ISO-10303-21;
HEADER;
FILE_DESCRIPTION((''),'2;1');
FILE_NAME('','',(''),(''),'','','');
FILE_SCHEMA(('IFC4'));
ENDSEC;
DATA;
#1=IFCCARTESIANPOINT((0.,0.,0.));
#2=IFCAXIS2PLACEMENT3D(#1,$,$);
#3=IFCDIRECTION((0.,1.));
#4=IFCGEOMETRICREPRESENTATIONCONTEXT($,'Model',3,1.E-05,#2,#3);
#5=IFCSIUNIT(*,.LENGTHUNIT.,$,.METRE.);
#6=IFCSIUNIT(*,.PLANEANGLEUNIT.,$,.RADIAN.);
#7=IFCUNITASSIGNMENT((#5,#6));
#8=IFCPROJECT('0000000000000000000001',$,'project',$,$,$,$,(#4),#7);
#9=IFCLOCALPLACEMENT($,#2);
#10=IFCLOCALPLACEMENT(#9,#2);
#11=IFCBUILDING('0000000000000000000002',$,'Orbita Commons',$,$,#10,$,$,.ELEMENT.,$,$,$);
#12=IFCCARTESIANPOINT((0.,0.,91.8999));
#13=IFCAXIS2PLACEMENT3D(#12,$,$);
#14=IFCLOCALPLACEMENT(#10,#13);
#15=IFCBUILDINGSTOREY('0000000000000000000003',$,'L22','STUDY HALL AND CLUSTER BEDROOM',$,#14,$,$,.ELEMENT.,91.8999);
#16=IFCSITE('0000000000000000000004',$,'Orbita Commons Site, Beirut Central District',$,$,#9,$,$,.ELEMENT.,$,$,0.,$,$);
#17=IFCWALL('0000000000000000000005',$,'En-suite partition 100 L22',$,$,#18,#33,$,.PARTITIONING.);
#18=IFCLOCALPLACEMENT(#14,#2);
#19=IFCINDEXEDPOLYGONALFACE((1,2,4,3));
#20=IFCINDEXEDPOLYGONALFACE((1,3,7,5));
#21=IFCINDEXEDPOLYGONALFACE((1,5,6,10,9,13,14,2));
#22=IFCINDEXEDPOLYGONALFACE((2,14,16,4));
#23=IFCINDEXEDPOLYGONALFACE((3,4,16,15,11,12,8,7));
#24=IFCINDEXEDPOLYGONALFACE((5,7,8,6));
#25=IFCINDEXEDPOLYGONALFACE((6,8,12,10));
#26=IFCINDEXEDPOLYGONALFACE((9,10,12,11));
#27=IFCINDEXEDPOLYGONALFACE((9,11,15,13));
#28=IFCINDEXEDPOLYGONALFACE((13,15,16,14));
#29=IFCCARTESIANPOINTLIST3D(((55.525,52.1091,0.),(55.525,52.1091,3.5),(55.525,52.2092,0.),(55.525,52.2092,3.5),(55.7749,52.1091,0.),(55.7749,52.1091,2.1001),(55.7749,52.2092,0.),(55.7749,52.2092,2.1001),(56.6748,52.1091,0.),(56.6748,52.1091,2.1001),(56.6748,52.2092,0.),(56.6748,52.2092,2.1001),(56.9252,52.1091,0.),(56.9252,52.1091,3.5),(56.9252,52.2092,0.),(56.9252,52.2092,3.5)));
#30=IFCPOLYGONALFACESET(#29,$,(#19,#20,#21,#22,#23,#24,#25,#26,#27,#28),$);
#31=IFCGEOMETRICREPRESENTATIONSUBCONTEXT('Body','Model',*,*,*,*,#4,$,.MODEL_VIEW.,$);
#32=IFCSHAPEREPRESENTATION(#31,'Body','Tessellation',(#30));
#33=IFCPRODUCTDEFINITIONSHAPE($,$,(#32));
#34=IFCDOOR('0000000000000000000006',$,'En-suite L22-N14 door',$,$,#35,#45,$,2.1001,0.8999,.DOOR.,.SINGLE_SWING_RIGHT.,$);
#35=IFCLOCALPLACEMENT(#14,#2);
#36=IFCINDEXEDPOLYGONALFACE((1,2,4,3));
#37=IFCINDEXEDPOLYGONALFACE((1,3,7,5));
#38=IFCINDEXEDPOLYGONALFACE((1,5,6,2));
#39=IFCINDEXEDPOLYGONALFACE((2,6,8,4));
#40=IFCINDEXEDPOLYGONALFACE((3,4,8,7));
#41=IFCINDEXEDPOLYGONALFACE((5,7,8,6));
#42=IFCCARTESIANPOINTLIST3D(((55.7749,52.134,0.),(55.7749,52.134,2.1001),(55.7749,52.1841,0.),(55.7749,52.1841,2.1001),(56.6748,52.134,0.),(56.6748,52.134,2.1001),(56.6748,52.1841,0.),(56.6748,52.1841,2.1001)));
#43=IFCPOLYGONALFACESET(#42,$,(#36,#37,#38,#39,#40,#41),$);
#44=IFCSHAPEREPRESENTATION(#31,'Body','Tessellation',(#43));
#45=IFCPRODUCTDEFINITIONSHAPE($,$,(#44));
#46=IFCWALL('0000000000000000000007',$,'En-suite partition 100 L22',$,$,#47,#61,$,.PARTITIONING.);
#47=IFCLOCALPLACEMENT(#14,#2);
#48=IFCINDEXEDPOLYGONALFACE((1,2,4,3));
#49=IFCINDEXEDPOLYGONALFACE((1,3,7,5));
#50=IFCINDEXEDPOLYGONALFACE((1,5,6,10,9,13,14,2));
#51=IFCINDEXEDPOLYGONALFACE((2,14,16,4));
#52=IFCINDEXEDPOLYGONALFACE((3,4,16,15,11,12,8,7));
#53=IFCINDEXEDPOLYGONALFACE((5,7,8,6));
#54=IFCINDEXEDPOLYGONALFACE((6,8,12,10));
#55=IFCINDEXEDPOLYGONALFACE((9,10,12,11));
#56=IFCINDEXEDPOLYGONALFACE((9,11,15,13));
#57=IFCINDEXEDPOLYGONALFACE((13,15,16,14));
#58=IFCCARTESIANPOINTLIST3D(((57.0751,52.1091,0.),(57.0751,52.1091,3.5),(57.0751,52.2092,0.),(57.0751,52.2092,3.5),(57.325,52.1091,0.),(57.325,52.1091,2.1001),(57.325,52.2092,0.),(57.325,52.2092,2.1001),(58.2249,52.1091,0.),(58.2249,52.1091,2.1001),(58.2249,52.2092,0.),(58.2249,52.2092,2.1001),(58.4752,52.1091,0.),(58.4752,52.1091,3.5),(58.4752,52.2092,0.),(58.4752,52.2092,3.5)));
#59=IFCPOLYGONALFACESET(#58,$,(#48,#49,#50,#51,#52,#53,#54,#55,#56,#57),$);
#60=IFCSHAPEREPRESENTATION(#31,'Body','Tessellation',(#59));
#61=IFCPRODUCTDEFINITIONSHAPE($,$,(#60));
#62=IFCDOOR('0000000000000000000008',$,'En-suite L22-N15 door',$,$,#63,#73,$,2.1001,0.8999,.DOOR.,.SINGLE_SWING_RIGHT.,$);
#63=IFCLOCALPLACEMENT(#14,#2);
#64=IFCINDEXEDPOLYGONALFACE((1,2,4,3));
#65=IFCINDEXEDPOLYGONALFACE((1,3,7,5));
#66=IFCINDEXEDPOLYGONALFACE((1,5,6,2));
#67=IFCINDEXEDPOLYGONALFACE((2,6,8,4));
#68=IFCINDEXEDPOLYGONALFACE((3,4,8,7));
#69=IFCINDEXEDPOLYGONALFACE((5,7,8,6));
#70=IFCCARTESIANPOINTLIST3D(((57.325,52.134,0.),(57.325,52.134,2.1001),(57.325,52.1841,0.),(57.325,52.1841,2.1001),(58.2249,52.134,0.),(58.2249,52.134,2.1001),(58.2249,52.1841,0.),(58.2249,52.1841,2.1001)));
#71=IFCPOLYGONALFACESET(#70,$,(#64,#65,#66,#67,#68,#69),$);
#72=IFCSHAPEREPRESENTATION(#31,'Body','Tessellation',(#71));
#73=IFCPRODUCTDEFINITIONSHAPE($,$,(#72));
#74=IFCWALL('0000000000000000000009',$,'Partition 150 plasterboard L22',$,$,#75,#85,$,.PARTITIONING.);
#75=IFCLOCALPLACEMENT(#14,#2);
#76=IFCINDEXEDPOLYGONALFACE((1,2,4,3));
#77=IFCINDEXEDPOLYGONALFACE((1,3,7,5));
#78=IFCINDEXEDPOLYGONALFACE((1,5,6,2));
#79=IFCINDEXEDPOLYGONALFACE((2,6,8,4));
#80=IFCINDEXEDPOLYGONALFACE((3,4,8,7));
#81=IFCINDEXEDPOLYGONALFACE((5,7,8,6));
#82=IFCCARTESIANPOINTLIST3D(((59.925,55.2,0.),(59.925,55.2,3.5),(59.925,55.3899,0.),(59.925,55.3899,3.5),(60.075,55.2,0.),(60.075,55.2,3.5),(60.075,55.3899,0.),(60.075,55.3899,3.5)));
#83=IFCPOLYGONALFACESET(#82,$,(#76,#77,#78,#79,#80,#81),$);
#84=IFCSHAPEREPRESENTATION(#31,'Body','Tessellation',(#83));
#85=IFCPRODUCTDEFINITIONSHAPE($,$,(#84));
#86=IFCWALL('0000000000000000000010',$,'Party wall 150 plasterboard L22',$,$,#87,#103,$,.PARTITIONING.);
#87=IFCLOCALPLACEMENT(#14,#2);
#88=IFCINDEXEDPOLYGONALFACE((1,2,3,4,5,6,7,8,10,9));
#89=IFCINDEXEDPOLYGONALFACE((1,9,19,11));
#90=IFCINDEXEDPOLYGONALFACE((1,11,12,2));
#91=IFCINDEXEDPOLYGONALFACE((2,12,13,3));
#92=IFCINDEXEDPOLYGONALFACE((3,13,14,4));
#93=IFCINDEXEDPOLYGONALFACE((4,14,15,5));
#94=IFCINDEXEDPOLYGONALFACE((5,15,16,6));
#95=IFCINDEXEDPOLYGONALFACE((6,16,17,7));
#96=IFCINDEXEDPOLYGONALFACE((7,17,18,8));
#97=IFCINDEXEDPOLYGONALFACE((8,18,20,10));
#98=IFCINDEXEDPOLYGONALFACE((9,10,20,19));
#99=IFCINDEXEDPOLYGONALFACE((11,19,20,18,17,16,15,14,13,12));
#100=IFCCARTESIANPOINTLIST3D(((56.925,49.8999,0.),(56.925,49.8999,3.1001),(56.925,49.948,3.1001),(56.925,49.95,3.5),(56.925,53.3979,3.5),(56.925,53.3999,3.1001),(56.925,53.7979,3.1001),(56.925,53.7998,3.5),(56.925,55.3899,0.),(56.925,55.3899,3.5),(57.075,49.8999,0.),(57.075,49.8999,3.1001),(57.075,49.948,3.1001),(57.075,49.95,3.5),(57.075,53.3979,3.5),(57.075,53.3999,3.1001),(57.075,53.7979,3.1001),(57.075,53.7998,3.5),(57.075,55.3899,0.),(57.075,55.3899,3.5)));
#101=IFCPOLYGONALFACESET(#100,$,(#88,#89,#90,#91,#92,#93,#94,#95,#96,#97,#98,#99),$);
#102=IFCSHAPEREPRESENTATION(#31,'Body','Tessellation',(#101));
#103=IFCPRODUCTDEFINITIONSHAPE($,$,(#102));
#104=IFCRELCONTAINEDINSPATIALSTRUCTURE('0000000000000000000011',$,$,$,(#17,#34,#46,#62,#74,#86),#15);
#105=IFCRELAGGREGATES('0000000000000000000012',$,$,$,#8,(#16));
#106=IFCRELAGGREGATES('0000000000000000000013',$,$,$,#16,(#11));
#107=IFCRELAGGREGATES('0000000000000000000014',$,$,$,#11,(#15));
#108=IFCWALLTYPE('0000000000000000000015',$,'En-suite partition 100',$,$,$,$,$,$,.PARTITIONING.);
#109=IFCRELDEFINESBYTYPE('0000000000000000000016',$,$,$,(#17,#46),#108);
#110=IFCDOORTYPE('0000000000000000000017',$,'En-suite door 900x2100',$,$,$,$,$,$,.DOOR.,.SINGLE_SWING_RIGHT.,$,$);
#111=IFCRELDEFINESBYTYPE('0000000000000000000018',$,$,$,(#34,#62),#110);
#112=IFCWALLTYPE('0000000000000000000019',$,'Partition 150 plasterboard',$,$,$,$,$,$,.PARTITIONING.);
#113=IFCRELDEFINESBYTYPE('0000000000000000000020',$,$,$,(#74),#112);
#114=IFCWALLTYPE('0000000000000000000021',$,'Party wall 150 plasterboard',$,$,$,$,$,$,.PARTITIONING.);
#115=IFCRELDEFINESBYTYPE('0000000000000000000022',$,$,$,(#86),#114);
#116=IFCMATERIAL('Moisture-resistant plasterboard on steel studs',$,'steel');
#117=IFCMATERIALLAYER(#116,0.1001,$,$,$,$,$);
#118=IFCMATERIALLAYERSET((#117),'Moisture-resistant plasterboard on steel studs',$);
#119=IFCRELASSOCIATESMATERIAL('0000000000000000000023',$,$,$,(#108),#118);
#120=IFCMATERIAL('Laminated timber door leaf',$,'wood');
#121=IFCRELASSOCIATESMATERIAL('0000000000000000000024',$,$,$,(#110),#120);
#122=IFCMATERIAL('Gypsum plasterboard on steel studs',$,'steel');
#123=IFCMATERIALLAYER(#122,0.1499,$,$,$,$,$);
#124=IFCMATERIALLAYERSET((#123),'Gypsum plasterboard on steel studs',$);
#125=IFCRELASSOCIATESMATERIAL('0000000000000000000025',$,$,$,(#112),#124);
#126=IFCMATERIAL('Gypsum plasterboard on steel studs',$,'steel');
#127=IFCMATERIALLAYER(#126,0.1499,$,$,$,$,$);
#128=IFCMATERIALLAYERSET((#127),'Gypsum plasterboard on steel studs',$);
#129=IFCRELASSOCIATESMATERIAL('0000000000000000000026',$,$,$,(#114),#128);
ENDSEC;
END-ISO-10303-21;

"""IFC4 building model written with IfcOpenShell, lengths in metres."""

from ifc_helpers import new_model, si_unit, direction, frame, frame_2d, origin, place, context, subcontext, project, spatial, polyline, rectangle, outline, extrude, material, layer, layer_set, type_object, element, fill, save


model = new_model("IFC4")

# Units and contexts
model_context = context("Model", 3, precision=1e-05, world=origin(), true_north=direction((0.0, 1.0)))
body_context = subcontext(model_context, "Body", "Model", "MODEL_VIEW")
ifc_project = project(units=[si_unit("LENGTHUNIT", "METRE"), si_unit("PLANEANGLEUNIT", "RADIAN")], contexts=[model_context])

# Site, building, storey
site_placement = place(None, origin())
site = spatial("IfcSite", under=ifc_project, at=site_placement, Name="Orbita Commons Site, Beirut Central District", CompositionType="ELEMENT", RefElevation=0.0)
building_placement = place(site_placement, origin())
building = spatial("IfcBuilding", under=site, at=building_placement, Name="Orbita Commons", CompositionType="ELEMENT")
storey_placement = place(building_placement, frame((0.0, 0.0, 91.8999)))
storey = spatial("IfcBuildingStorey", under=building, at=storey_placement, Name="L22", Description="STUDY HALL AND CLUSTER BEDROOM", CompositionType="ELEMENT", Elevation=91.8999)

# Walls, openings, doors
ifc_material_1 = material(Name="Moisture-resistant plasterboard on steel studs", Category="steel")
ifc_layer_1 = layer(ifc_material_1, 0.1001)
ifc_layer_set_1 = layer_set([ifc_layer_1], Name="Moisture-resistant plasterboard on steel studs")
wall_type_1 = type_object("IfcWallType", Name="En-suite partition 100", PredefinedType="PARTITIONING", material=ifc_layer_set_1)
wall_1_placement = place(storey_placement, frame((55.5249, 52.1592, 0.0), z_axis=(0.0, 0.0, 1.0), x_axis=(1.0, 0.0, 0.0)))
wall_1 = element("IfcWall", 1, at=wall_1_placement, inside=storey, type_object=wall_type_1, Name="En-suite partition 100 L22", PredefinedType="PARTITIONING", context=body_context, shape_type="SweptSolid", body=[
    extrude(rectangle(XDim=1.4001, YDim=0.1001, at=frame_2d((0.7002, 0.0))), origin(), (0.0, 0.0, 1.0), 3.5),
])
opening_1_placement = place(wall_1_placement, frame((0.25, 0.0, 0.0)))
opening_1 = element("IfcOpeningElement", 2, at=opening_1_placement, cuts=wall_1, PredefinedType="OPENING", context=body_context, shape_type="SweptSolid", body=[
    extrude(rectangle(XDim=0.8999, YDim=2.1001, at=frame_2d((0.45, 1.05))), frame((0.0, 0.0601, 0.0), z_axis=(0.0, -1.0, 0.0), x_axis=(1.0, 0.0, 0.0)), (0.0, 0.0, 1.0), 0.1201),
])
ifc_material_2 = material(Name="Laminated timber door leaf", Category="wood")
door_type = type_object("IfcDoorType", Name="En-suite door 900x2100", OperationType="SINGLE_SWING_RIGHT", PredefinedType="DOOR", material=ifc_material_2)
door_1_placement = place(opening_1_placement, origin())
door_1 = element("IfcDoor", 3, at=door_1_placement, inside=storey, type_object=door_type, Name="En-suite L22-N14 door", OperationType="SINGLE_SWING_RIGHT", OverallHeight=2.1001, OverallWidth=0.8999, PredefinedType="DOOR", context=body_context, shape_type="SweptSolid", body=[
    extrude(rectangle(XDim=0.8999, YDim=2.1001, at=frame_2d((0.45, 1.05))), frame((0.0, 0.0249, 0.0), z_axis=(0.0, -1.0, 0.0), x_axis=(1.0, 0.0, 0.0)), (0.0, 0.0, 1.0), 0.05),
])
fill(opening_1, door_1)
wall_2_placement = place(storey_placement, frame((57.075, 52.1592, 0.0), z_axis=(0.0, 0.0, 1.0), x_axis=(1.0, 0.0, 0.0)))
wall_2 = element("IfcWall", 4, at=wall_2_placement, inside=storey, type_object=wall_type_1, Name="En-suite partition 100 L22", PredefinedType="PARTITIONING", context=body_context, shape_type="SweptSolid", body=[
    extrude(rectangle(XDim=1.4001, YDim=0.1001, at=frame_2d((0.7002, 0.0))), origin(), (0.0, 0.0, 1.0), 3.5),
])
opening_2_placement = place(wall_2_placement, frame((0.25, 0.0, 0.0)))
opening_2 = element("IfcOpeningElement", 5, at=opening_2_placement, cuts=wall_2, PredefinedType="OPENING", context=body_context, shape_type="SweptSolid", body=[
    extrude(rectangle(XDim=0.8999, YDim=2.1001, at=frame_2d((0.45, 1.05))), frame((0.0, 0.0601, 0.0), z_axis=(0.0, -1.0, 0.0), x_axis=(1.0, 0.0, 0.0)), (0.0, 0.0, 1.0), 0.1201),
])
door_2_placement = place(opening_2_placement, origin())
door_2 = element("IfcDoor", 6, at=door_2_placement, inside=storey, type_object=door_type, Name="En-suite L22-N15 door", OperationType="SINGLE_SWING_RIGHT", OverallHeight=2.1001, OverallWidth=0.8999, PredefinedType="DOOR", context=body_context, shape_type="SweptSolid", body=[
    extrude(rectangle(XDim=0.8999, YDim=2.1001, at=frame_2d((0.45, 1.05))), frame((0.0, 0.0249, 0.0), z_axis=(0.0, -1.0, 0.0), x_axis=(1.0, 0.0, 0.0)), (0.0, 0.0, 1.0), 0.05),
])
fill(opening_2, door_2)

# Walls
ifc_material_3 = material(Name="Gypsum plasterboard on steel studs", Category="steel")
ifc_layer_2 = layer(ifc_material_3, 0.1499)
ifc_layer_set_2 = layer_set([ifc_layer_2], Name="Gypsum plasterboard on steel studs")
wall_type_2 = type_object("IfcWallType", Name="Partition 150 plasterboard", PredefinedType="PARTITIONING", material=ifc_layer_set_2)
wall_3_placement = place(storey_placement, frame((60.0, 55.2, 0.0), z_axis=(0.0, 0.0, 1.0), x_axis=(0.0, 1.0, 0.0)))
element("IfcWall", 7, at=wall_3_placement, inside=storey, type_object=wall_type_2, Name="Partition 150 plasterboard L22", PredefinedType="PARTITIONING", context=body_context, shape_type="SweptSolid", body=[
    extrude(rectangle(XDim=0.1899, YDim=0.1499, at=frame_2d((0.095, 0.0))), origin(), (0.0, 0.0, 1.0), 3.5),
])
ifc_material_4 = material(Name="Gypsum plasterboard on steel studs", Category="steel")
ifc_layer_3 = layer(ifc_material_4, 0.1499)
ifc_layer_set_3 = layer_set([ifc_layer_3], Name="Gypsum plasterboard on steel studs")
wall_type_3 = type_object("IfcWallType", Name="Party wall 150 plasterboard", PredefinedType="PARTITIONING", material=ifc_layer_set_3)
wall_4_placement = place(storey_placement, frame((57.0, 55.3899, 0.0), z_axis=(0.0, 0.0, 1.0), x_axis=(0.0, -1.0, 0.0)))
element("IfcWall", 8, at=wall_4_placement, inside=storey, type_object=wall_type_3, Name="Party wall 150 plasterboard L22", PredefinedType="PARTITIONING", context=body_context, shape_type="SweptSolid", body=[
    extrude(outline(polyline([(0.0, 0.0), (5.49, 0.0), (5.49, 3.1001), (5.4419, 3.1001), (5.4399, 3.5), (1.9919, 3.5), (1.99, 3.1001), (1.592, 3.1001), (1.5901, 3.5), (0.0, 3.5), (0.0, 0.0)])), frame((0.0, 0.075, 0.0), z_axis=(0.0, -1.0, 0.0), x_axis=(1.0, 0.0, 0.0)), (0.0, 0.0, 1.0), 0.1499),
])

save(model, "model.ifc")
